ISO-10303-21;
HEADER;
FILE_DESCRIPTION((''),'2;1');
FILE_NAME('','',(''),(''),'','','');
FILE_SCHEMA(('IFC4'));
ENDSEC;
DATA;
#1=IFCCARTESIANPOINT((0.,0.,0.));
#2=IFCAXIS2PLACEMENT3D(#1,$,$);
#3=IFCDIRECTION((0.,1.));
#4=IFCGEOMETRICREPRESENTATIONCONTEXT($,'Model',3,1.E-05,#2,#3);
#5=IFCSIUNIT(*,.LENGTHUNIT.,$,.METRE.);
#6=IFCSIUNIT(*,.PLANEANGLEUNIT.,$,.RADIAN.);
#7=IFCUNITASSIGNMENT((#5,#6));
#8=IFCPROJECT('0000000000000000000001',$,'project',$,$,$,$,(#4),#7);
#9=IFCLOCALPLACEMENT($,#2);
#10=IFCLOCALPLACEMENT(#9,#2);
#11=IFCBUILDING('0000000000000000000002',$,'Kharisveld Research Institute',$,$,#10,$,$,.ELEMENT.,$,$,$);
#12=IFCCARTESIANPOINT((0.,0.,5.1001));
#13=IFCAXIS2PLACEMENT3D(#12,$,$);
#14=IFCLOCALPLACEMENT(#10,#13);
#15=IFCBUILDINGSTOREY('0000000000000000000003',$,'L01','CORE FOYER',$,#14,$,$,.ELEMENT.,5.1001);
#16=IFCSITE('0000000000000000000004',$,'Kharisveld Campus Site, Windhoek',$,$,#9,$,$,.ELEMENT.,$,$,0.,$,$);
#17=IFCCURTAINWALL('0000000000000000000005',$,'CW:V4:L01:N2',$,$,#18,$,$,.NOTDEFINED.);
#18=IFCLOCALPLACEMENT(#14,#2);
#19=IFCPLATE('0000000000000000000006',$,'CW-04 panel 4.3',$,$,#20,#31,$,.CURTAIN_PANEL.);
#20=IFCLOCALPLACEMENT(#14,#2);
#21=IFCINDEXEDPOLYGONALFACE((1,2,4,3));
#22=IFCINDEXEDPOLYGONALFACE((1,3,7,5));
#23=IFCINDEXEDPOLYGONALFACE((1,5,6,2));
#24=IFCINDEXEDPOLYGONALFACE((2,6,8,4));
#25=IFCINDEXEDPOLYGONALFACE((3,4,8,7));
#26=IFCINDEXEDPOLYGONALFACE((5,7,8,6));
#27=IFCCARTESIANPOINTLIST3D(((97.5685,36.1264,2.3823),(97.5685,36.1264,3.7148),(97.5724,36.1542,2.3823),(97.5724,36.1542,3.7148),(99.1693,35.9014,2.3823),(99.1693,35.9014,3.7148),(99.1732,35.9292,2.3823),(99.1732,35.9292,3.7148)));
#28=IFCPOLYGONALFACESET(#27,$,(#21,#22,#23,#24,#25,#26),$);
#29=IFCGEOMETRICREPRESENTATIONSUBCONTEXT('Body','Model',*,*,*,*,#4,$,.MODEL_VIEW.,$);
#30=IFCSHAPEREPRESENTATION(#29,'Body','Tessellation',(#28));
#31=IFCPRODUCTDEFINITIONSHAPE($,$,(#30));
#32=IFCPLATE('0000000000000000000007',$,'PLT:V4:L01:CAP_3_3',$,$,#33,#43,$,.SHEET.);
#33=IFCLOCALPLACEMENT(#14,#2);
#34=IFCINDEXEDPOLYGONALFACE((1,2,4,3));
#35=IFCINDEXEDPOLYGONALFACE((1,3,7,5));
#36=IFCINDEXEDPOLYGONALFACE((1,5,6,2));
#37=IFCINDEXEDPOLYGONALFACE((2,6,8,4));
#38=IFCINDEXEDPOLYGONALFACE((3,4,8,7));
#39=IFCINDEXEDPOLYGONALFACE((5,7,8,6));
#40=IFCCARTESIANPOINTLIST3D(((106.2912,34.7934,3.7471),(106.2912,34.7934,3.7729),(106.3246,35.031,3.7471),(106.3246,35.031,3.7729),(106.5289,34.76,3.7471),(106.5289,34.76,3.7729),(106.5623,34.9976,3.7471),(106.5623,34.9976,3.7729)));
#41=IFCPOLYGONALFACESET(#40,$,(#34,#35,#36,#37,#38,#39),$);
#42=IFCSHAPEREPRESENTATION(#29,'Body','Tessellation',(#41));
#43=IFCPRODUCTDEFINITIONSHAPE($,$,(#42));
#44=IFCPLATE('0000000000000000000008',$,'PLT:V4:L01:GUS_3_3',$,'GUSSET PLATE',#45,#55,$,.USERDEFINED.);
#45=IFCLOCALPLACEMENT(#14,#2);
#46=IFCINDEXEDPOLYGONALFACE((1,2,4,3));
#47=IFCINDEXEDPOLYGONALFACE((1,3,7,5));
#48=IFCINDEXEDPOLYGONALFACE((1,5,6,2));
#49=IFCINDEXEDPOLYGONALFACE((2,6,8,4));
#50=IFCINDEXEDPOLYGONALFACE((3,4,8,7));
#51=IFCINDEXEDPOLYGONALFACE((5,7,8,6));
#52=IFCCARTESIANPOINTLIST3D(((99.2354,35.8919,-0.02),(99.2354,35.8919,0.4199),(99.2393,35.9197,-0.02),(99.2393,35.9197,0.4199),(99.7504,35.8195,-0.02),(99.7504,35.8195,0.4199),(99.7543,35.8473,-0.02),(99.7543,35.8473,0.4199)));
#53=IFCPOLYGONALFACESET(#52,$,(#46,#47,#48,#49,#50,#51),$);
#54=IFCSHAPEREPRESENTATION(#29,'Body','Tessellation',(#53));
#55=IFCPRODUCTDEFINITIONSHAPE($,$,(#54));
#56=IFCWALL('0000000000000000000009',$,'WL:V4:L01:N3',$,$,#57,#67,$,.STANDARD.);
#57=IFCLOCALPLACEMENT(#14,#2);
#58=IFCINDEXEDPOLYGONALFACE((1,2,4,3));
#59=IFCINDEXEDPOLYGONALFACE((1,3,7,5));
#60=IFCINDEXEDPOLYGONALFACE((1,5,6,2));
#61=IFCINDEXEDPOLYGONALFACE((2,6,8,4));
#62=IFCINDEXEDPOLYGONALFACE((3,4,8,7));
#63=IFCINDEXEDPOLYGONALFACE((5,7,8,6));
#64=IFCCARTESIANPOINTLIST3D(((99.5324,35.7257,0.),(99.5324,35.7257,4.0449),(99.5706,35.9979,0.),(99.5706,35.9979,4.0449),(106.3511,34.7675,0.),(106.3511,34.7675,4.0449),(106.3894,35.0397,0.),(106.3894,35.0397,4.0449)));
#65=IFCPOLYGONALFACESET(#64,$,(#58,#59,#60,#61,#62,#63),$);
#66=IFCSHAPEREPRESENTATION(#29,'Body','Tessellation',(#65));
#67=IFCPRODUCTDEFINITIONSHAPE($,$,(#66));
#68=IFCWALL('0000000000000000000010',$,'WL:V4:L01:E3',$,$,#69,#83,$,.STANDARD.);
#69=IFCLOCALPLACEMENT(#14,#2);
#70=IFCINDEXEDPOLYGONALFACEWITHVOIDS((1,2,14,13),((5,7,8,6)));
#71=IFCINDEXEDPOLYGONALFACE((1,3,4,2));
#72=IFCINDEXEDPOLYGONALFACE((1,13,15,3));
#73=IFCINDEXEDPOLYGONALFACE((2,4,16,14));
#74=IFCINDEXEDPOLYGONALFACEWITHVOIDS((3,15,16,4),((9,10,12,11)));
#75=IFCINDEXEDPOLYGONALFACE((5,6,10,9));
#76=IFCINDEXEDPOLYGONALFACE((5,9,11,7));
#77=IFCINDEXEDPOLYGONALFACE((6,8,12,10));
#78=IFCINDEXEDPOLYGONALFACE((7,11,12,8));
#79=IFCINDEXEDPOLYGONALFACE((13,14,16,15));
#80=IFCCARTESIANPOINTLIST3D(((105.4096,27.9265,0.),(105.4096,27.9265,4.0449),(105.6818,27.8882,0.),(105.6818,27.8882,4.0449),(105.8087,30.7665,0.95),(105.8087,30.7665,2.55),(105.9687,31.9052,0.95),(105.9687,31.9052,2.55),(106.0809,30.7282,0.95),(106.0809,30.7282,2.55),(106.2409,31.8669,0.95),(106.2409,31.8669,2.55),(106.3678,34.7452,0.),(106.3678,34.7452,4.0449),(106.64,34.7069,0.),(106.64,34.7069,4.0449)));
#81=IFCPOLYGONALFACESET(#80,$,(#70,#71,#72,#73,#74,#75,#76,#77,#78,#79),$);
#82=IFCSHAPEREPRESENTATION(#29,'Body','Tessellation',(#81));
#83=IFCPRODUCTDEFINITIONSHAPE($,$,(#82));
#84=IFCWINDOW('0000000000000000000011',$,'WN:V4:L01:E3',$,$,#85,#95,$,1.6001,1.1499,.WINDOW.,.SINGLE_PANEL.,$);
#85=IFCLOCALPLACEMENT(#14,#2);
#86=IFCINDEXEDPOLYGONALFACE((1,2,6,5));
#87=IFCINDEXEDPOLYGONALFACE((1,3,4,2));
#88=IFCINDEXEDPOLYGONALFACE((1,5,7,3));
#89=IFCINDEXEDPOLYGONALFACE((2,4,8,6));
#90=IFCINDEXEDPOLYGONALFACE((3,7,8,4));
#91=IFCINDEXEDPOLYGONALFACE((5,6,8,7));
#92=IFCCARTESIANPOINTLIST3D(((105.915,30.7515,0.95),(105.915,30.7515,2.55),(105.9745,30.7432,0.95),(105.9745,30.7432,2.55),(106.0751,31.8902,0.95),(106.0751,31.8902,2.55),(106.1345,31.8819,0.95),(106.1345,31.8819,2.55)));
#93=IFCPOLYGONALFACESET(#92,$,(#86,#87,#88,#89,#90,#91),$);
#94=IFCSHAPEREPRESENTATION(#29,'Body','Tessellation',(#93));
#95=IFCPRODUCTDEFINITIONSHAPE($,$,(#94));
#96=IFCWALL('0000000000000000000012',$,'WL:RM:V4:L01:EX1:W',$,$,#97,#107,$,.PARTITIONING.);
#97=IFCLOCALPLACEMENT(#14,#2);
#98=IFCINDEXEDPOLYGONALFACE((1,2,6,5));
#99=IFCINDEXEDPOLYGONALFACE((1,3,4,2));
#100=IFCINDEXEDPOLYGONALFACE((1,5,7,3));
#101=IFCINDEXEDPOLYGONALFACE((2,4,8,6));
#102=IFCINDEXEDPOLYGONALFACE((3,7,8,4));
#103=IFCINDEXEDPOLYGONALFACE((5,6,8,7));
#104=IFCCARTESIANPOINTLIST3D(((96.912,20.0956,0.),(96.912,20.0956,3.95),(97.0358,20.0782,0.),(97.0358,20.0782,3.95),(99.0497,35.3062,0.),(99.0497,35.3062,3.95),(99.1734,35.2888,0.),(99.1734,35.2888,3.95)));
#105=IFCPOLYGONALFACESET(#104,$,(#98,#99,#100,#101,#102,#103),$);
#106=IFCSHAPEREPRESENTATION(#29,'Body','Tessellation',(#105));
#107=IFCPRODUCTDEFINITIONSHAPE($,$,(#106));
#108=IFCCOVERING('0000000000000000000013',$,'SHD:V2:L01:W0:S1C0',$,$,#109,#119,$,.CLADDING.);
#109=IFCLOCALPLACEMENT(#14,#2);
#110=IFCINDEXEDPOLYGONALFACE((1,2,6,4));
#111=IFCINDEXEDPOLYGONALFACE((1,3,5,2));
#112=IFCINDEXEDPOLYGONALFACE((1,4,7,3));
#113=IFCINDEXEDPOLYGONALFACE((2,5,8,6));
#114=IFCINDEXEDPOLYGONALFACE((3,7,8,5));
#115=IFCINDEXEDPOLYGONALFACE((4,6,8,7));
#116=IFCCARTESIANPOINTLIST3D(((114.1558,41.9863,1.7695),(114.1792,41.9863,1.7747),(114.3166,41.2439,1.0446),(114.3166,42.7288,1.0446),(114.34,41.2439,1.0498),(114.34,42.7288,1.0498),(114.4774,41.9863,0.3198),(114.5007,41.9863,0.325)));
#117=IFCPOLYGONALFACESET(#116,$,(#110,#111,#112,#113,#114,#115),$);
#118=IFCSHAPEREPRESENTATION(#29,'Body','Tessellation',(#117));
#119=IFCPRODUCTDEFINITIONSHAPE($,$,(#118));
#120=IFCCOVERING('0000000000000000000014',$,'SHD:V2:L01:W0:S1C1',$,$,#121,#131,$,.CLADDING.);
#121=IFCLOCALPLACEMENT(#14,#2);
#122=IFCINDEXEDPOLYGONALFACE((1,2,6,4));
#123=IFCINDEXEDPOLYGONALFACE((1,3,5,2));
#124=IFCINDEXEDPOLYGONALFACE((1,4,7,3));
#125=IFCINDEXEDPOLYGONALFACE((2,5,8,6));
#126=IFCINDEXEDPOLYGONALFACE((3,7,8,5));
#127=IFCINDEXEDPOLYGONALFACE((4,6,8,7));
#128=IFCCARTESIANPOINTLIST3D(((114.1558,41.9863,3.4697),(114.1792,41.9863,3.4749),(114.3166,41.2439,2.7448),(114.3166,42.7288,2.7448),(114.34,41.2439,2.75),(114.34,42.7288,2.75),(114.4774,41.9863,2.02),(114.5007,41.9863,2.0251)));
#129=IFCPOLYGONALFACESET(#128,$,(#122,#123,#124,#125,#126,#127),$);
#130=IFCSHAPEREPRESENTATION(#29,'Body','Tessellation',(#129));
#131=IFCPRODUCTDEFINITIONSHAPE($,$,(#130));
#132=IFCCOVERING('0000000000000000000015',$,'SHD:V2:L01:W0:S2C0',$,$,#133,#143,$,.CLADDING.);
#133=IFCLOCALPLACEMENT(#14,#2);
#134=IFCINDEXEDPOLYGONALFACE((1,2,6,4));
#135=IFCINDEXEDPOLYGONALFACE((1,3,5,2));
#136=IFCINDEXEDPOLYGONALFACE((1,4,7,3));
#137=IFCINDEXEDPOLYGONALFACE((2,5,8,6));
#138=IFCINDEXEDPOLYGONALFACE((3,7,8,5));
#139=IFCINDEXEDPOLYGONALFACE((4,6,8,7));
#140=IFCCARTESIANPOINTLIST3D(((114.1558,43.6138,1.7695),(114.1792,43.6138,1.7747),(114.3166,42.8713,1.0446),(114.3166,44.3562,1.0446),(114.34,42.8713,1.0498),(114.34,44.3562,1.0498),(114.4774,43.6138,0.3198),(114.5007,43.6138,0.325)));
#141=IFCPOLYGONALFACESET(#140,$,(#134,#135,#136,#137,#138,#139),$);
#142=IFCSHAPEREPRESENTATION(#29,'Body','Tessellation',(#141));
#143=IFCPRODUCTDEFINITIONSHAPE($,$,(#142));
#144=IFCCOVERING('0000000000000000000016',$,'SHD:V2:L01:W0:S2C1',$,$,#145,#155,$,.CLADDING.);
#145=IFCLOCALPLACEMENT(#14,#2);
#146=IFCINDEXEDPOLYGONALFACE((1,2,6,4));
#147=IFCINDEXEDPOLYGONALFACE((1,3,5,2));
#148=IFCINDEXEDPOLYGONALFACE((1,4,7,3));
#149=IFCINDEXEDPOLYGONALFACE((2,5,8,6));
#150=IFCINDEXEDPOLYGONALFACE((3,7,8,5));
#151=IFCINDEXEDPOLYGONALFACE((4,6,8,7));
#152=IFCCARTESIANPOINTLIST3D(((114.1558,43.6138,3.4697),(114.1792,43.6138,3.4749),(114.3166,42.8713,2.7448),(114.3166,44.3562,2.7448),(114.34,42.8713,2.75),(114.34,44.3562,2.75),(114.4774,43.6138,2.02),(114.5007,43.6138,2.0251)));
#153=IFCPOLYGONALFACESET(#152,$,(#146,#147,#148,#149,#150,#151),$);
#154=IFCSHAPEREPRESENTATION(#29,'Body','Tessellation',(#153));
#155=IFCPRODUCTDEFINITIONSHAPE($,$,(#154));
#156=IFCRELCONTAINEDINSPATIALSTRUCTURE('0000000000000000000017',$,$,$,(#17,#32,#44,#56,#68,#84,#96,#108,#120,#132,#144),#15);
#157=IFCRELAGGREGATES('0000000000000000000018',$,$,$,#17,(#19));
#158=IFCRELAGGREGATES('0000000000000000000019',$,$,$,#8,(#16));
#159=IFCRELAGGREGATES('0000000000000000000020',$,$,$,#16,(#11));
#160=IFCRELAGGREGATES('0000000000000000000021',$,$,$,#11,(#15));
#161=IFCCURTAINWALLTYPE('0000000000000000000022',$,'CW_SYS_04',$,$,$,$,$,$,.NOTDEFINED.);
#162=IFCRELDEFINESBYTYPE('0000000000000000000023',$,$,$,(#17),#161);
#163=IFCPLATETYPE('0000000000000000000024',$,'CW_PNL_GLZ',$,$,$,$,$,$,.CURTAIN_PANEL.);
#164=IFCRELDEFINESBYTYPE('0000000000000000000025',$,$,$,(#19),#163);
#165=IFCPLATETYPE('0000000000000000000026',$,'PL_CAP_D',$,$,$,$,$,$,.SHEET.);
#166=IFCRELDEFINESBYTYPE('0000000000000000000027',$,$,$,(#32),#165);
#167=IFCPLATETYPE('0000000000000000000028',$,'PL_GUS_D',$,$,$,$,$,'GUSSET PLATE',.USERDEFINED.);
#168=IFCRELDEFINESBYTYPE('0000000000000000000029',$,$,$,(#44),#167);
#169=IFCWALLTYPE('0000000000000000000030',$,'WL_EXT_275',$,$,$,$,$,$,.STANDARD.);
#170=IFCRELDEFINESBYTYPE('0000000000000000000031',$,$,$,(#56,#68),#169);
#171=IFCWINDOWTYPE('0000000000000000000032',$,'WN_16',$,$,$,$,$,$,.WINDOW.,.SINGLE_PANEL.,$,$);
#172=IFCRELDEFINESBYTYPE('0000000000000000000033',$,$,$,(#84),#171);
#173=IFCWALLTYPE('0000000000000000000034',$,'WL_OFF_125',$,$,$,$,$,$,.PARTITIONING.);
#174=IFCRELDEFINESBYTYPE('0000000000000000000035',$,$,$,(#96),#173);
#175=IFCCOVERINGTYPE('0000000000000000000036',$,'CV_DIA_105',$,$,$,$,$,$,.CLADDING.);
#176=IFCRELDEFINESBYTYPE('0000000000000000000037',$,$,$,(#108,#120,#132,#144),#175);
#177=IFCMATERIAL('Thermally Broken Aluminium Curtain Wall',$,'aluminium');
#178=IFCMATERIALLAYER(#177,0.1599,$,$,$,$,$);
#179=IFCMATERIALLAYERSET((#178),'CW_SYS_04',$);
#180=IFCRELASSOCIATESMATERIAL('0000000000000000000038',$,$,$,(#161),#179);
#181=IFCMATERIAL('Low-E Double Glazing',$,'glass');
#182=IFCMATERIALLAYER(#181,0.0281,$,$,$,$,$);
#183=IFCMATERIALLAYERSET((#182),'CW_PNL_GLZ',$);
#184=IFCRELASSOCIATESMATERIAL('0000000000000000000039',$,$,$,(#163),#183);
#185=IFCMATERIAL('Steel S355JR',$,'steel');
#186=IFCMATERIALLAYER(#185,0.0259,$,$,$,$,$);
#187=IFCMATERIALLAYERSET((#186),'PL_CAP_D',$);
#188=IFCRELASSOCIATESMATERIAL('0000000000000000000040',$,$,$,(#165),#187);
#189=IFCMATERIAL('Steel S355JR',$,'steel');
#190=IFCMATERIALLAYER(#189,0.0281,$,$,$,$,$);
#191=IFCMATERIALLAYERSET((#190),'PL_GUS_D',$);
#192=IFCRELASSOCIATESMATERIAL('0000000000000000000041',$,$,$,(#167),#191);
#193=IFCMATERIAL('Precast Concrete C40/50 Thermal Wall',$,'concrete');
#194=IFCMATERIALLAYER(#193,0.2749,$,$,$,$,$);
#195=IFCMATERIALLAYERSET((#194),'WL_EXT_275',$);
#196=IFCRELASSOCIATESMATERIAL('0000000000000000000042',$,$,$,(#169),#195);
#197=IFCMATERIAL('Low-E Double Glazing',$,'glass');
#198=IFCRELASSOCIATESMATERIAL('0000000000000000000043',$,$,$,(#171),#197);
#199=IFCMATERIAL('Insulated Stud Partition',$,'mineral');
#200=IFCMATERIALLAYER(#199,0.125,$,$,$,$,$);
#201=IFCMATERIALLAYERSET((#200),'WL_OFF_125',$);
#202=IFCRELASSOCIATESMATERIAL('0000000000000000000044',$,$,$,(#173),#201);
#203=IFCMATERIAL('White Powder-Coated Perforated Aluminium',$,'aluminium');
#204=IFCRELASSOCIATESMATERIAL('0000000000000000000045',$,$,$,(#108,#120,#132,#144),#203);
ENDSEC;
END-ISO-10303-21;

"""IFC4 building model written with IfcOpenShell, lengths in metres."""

from ifc_helpers import new_model, si_unit, direction, frame, frame_2d, origin, origin_2d, place, context, subcontext, project, spatial, polyline, rectangle, outline, extrude, material, layer, layer_set, type_object, element, fill, aggregate, save


model = new_model("IFC4")

# Units and contexts
model_context = context("Model", 3, precision=1e-05, world=origin(), true_north=direction((0.0, 1.0)))
body_context = subcontext(model_context, "Body", "Model", "MODEL_VIEW")
ifc_project = project(units=[si_unit("LENGTHUNIT", "METRE"), si_unit("PLANEANGLEUNIT", "RADIAN")], contexts=[model_context])

# Site, building, storey
site_placement = place(None, origin())
site = spatial("IfcSite", under=ifc_project, at=site_placement, Name="Kharisveld Campus Site, Windhoek", CompositionType="ELEMENT", RefElevation=0.0)
building_placement = place(site_placement, origin())
building = spatial("IfcBuilding", under=site, at=building_placement, Name="Kharisveld Research Institute", CompositionType="ELEMENT")
storey_placement = place(building_placement, frame((0.0, 0.0, 5.1001)))
storey = spatial("IfcBuildingStorey", under=building, at=storey_placement, Name="L01", Description="CORE FOYER", CompositionType="ELEMENT", Elevation=5.1001)

# Curtain wall
ifc_material_1 = material(Name="Thermally Broken Aluminium Curtain Wall", Category="aluminium")
ifc_layer_1 = layer(ifc_material_1, 0.1599)
ifc_layer_set_1 = layer_set([ifc_layer_1], Name="CW_SYS_04")
curtain_wall_type = type_object("IfcCurtainWallType", Name="CW_SYS_04", PredefinedType="NOTDEFINED", material=ifc_layer_set_1)
curtain_wall_placement = place(storey_placement, origin())
curtain_wall = element("IfcCurtainWall", 1, at=curtain_wall_placement, inside=storey, type_object=curtain_wall_type, Name="CW:V4:L01:N2", PredefinedType="NOTDEFINED")

# Plate
ifc_material_2 = material(Name="Low-E Double Glazing", Category="glass")
ifc_layer_2 = layer(ifc_material_2, 0.0281)
ifc_layer_set_2 = layer_set([ifc_layer_2], Name="CW_PNL_GLZ")
plate_type_1 = type_object("IfcPlateType", Name="CW_PNL_GLZ", PredefinedType="CURTAIN_PANEL", material=ifc_layer_set_2)
plate_1_placement = place(storey_placement, frame((98.3708, 36.0278, 2.3823), z_axis=(0.0, 0.0, 1.0), x_axis=(0.990268, -0.139173, 0.0)))
plate_1 = element("IfcPlate", 2, at=plate_1_placement, type_object=plate_type_1, Name="CW-04 panel 4.3", PredefinedType="CURTAIN_PANEL", context=body_context, shape_type="SweptSolid", body=[
    extrude(rectangle(XDim=1.6165, YDim=0.0281, at=origin_2d()), origin(), (0.0, 0.0, 1.0), 1.3325),
])
aggregate(curtain_wall, [plate_1])

# Plates
ifc_material_3 = material(Name="Steel S355JR", Category="steel")
ifc_layer_3 = layer(ifc_material_3, 0.0259)
ifc_layer_set_3 = layer_set([ifc_layer_3], Name="PL_CAP_D")
plate_type_2 = type_object("IfcPlateType", Name="PL_CAP_D", PredefinedType="SHEET", material=ifc_layer_set_3)
plate_2_placement = place(storey_placement, frame((106.4268, 34.8955, 3.7471), z_axis=(0.0, 0.0, 1.0), x_axis=(0.990268, -0.139173, 0.0)))
element("IfcPlate", 3, at=plate_2_placement, inside=storey, type_object=plate_type_2, Name="PLT:V4:L01:CAP_3_3", PredefinedType="SHEET", context=body_context, shape_type="SweptSolid", body=[
    extrude(rectangle(XDim=0.24, YDim=0.24, at=origin_2d()), origin(), (0.0, 0.0, 1.0), 0.0259),
])
ifc_material_4 = material(Name="Steel S355JR", Category="steel")
ifc_layer_4 = layer(ifc_material_4, 0.0281)
ifc_layer_set_4 = layer_set([ifc_layer_4], Name="PL_GUS_D")
plate_type_3 = type_object("IfcPlateType", Name="PL_GUS_D", ElementType="GUSSET PLATE", PredefinedType="USERDEFINED", material=ifc_layer_set_4)
plate_3_placement = place(storey_placement, frame((99.4949, 35.8696, -0.02), z_axis=(0.0, 0.0, 1.0), x_axis=(0.990268, -0.139173, 0.0)))
element("IfcPlate", 4, at=plate_3_placement, inside=storey, type_object=plate_type_3, Name="PLT:V4:L01:GUS_3_3", ObjectType="GUSSET PLATE", PredefinedType="USERDEFINED", context=body_context, shape_type="SweptSolid", body=[
    extrude(rectangle(XDim=0.52, YDim=0.0281, at=origin_2d()), origin(), (0.0, 0.0, 1.0), 0.4399),
])

# Wall
ifc_material_5 = material(Name="Precast Concrete C40/50 Thermal Wall", Category="concrete")
ifc_layer_5 = layer(ifc_material_5, 0.2749)
ifc_layer_set_5 = layer_set([ifc_layer_5], Name="WL_EXT_275")
wall_type_1 = type_object("IfcWallType", Name="WL_EXT_275", PredefinedType="STANDARD", material=ifc_layer_set_5)
wall_1_placement = place(storey_placement, frame((99.5515, 35.8618, 0.0), z_axis=(0.0, 0.0, 1.0), x_axis=(0.99027, -0.139162, 0.0)))
element("IfcWall", 5, at=wall_1_placement, inside=storey, type_object=wall_type_1, Name="WL:V4:L01:N3", PredefinedType="STANDARD", context=body_context, shape_type="SweptSolid", body=[
    extrude(rectangle(XDim=6.8857, YDim=0.2749, at=frame_2d((3.4429, 0.0))), origin(), (0.0, 0.0, 1.0), 4.0449),
])

# Wall, opening, window
wall_2_placement = place(storey_placement, frame((106.5039, 34.7261, 0.0), z_axis=(0.0, 0.0, 1.0), x_axis=(-0.139162, -0.99027, 0.0)))
wall_2 = element("IfcWall", 6, at=wall_2_placement, inside=storey, type_object=wall_type_1, Name="WL:V4:L01:E3", PredefinedType="STANDARD", context=body_context, shape_type="SweptSolid", body=[
    extrude(rectangle(XDim=6.8857, YDim=0.2749, at=frame_2d((3.4429, 0.0))), origin(), (0.0, 0.0, 1.0), 4.0449),
])
opening_placement = place(wall_2_placement, frame((2.8679, 0.0, 0.95)))
opening = element("IfcOpeningElement", 7, at=opening_placement, cuts=wall_2, PredefinedType="OPENING", context=body_context, shape_type="SweptSolid", body=[
    extrude(rectangle(XDim=1.1499, YDim=1.6001, at=frame_2d((0.575, 0.8))), frame((0.0, 0.1375, 0.0), z_axis=(0.0, -1.0, 0.0), x_axis=(1.0, 0.0, 0.0)), (0.0, 0.0, 1.0), 0.2749),
])
ifc_material_6 = material(Name="Low-E Double Glazing", Category="glass")
window_type = type_object("IfcWindowType", Name="WN_16", PartitioningType="SINGLE_PANEL", PredefinedType="WINDOW", material=ifc_material_6)
window_placement = place(opening_placement, origin())
window = element("IfcWindow", 8, at=window_placement, inside=storey, type_object=window_type, Name="WN:V4:L01:E3", OverallHeight=1.6001, OverallWidth=1.1499, PartitioningType="SINGLE_PANEL", PredefinedType="WINDOW", context=body_context, shape_type="SweptSolid", body=[
    extrude(rectangle(XDim=1.1499, YDim=1.6001, at=frame_2d((0.575, 0.8))), frame((0.0, 0.03, 0.0), z_axis=(0.0, -1.0, 0.0), x_axis=(1.0, 0.0, 0.0)), (0.0, 0.0, 1.0), 0.0601),
])
fill(opening, window)

# Wall
ifc_material_7 = material(Name="Insulated Stud Partition", Category="mineral")
ifc_layer_6 = layer(ifc_material_7, 0.125)
ifc_layer_set_6 = layer_set([ifc_layer_6], Name="WL_OFF_125")
wall_type_2 = type_object("IfcWallType", Name="WL_OFF_125", PredefinedType="PARTITIONING", material=ifc_layer_set_6)
wall_3_placement = place(storey_placement, frame((99.1116, 35.2976, 0.0), z_axis=(0.0, 0.0, 1.0), x_axis=(-0.139171, -0.990268, 0.0)))
element("IfcWall", 9, at=wall_3_placement, inside=storey, type_object=wall_type_2, Name="WL:RM:V4:L01:EX1:W", PredefinedType="PARTITIONING", context=body_context, shape_type="SweptSolid", body=[
    extrude(rectangle(XDim=15.3601, YDim=0.125, at=frame_2d((7.6802, 0.0))), origin(), (0.0, 0.0, 1.0), 3.95),
])

# Coverings
ifc_material_8 = material(Name="White Powder-Coated Perforated Aluminium", Category="aluminium")
covering_type = type_object("IfcCoveringType", Name="CV_DIA_105", PredefinedType="CLADDING")
for number, where, z_axis, x_axis, name in (
    (10, (114.5007, 41.9863, 0.325), (0.976276, 0.0, 0.21653), (-0.153111, 0.707102, 0.690336), "SHD:V2:L01:W0:S1C0"),
    (11, (114.5007, 41.9863, 2.0251), (0.976276, 0.0, 0.21653), (-0.153111, 0.707102, 0.690336), "SHD:V2:L01:W0:S1C1"),
    (12, (114.5007, 43.6138, 0.325), (0.976276, 0.0, 0.21653), (-0.153111, 0.707102, 0.690336), "SHD:V2:L01:W0:S2C0"),
    (13, (114.5007, 43.6138, 2.0251), (0.976276, 0.0, 0.21653), (-0.153111, 0.707102, 0.690336), "SHD:V2:L01:W0:S2C1"),
):
    element("IfcCovering", number, at=place(storey_placement, frame(where, z_axis=z_axis, x_axis=x_axis)), inside=storey, type_object=covering_type, material=ifc_material_8, Name=name, PredefinedType="CLADDING", context=body_context, shape_type="SweptSolid", body=[
        extrude(outline(polyline([(0.0, 0.0), (1.05, 0.0), (1.05, 1.05), (0.0, 1.05), (0.0, 0.0)])), origin(), (0.0, 0.0, -1.0), 0.0239),
    ])

save(model, "model.ifc")
